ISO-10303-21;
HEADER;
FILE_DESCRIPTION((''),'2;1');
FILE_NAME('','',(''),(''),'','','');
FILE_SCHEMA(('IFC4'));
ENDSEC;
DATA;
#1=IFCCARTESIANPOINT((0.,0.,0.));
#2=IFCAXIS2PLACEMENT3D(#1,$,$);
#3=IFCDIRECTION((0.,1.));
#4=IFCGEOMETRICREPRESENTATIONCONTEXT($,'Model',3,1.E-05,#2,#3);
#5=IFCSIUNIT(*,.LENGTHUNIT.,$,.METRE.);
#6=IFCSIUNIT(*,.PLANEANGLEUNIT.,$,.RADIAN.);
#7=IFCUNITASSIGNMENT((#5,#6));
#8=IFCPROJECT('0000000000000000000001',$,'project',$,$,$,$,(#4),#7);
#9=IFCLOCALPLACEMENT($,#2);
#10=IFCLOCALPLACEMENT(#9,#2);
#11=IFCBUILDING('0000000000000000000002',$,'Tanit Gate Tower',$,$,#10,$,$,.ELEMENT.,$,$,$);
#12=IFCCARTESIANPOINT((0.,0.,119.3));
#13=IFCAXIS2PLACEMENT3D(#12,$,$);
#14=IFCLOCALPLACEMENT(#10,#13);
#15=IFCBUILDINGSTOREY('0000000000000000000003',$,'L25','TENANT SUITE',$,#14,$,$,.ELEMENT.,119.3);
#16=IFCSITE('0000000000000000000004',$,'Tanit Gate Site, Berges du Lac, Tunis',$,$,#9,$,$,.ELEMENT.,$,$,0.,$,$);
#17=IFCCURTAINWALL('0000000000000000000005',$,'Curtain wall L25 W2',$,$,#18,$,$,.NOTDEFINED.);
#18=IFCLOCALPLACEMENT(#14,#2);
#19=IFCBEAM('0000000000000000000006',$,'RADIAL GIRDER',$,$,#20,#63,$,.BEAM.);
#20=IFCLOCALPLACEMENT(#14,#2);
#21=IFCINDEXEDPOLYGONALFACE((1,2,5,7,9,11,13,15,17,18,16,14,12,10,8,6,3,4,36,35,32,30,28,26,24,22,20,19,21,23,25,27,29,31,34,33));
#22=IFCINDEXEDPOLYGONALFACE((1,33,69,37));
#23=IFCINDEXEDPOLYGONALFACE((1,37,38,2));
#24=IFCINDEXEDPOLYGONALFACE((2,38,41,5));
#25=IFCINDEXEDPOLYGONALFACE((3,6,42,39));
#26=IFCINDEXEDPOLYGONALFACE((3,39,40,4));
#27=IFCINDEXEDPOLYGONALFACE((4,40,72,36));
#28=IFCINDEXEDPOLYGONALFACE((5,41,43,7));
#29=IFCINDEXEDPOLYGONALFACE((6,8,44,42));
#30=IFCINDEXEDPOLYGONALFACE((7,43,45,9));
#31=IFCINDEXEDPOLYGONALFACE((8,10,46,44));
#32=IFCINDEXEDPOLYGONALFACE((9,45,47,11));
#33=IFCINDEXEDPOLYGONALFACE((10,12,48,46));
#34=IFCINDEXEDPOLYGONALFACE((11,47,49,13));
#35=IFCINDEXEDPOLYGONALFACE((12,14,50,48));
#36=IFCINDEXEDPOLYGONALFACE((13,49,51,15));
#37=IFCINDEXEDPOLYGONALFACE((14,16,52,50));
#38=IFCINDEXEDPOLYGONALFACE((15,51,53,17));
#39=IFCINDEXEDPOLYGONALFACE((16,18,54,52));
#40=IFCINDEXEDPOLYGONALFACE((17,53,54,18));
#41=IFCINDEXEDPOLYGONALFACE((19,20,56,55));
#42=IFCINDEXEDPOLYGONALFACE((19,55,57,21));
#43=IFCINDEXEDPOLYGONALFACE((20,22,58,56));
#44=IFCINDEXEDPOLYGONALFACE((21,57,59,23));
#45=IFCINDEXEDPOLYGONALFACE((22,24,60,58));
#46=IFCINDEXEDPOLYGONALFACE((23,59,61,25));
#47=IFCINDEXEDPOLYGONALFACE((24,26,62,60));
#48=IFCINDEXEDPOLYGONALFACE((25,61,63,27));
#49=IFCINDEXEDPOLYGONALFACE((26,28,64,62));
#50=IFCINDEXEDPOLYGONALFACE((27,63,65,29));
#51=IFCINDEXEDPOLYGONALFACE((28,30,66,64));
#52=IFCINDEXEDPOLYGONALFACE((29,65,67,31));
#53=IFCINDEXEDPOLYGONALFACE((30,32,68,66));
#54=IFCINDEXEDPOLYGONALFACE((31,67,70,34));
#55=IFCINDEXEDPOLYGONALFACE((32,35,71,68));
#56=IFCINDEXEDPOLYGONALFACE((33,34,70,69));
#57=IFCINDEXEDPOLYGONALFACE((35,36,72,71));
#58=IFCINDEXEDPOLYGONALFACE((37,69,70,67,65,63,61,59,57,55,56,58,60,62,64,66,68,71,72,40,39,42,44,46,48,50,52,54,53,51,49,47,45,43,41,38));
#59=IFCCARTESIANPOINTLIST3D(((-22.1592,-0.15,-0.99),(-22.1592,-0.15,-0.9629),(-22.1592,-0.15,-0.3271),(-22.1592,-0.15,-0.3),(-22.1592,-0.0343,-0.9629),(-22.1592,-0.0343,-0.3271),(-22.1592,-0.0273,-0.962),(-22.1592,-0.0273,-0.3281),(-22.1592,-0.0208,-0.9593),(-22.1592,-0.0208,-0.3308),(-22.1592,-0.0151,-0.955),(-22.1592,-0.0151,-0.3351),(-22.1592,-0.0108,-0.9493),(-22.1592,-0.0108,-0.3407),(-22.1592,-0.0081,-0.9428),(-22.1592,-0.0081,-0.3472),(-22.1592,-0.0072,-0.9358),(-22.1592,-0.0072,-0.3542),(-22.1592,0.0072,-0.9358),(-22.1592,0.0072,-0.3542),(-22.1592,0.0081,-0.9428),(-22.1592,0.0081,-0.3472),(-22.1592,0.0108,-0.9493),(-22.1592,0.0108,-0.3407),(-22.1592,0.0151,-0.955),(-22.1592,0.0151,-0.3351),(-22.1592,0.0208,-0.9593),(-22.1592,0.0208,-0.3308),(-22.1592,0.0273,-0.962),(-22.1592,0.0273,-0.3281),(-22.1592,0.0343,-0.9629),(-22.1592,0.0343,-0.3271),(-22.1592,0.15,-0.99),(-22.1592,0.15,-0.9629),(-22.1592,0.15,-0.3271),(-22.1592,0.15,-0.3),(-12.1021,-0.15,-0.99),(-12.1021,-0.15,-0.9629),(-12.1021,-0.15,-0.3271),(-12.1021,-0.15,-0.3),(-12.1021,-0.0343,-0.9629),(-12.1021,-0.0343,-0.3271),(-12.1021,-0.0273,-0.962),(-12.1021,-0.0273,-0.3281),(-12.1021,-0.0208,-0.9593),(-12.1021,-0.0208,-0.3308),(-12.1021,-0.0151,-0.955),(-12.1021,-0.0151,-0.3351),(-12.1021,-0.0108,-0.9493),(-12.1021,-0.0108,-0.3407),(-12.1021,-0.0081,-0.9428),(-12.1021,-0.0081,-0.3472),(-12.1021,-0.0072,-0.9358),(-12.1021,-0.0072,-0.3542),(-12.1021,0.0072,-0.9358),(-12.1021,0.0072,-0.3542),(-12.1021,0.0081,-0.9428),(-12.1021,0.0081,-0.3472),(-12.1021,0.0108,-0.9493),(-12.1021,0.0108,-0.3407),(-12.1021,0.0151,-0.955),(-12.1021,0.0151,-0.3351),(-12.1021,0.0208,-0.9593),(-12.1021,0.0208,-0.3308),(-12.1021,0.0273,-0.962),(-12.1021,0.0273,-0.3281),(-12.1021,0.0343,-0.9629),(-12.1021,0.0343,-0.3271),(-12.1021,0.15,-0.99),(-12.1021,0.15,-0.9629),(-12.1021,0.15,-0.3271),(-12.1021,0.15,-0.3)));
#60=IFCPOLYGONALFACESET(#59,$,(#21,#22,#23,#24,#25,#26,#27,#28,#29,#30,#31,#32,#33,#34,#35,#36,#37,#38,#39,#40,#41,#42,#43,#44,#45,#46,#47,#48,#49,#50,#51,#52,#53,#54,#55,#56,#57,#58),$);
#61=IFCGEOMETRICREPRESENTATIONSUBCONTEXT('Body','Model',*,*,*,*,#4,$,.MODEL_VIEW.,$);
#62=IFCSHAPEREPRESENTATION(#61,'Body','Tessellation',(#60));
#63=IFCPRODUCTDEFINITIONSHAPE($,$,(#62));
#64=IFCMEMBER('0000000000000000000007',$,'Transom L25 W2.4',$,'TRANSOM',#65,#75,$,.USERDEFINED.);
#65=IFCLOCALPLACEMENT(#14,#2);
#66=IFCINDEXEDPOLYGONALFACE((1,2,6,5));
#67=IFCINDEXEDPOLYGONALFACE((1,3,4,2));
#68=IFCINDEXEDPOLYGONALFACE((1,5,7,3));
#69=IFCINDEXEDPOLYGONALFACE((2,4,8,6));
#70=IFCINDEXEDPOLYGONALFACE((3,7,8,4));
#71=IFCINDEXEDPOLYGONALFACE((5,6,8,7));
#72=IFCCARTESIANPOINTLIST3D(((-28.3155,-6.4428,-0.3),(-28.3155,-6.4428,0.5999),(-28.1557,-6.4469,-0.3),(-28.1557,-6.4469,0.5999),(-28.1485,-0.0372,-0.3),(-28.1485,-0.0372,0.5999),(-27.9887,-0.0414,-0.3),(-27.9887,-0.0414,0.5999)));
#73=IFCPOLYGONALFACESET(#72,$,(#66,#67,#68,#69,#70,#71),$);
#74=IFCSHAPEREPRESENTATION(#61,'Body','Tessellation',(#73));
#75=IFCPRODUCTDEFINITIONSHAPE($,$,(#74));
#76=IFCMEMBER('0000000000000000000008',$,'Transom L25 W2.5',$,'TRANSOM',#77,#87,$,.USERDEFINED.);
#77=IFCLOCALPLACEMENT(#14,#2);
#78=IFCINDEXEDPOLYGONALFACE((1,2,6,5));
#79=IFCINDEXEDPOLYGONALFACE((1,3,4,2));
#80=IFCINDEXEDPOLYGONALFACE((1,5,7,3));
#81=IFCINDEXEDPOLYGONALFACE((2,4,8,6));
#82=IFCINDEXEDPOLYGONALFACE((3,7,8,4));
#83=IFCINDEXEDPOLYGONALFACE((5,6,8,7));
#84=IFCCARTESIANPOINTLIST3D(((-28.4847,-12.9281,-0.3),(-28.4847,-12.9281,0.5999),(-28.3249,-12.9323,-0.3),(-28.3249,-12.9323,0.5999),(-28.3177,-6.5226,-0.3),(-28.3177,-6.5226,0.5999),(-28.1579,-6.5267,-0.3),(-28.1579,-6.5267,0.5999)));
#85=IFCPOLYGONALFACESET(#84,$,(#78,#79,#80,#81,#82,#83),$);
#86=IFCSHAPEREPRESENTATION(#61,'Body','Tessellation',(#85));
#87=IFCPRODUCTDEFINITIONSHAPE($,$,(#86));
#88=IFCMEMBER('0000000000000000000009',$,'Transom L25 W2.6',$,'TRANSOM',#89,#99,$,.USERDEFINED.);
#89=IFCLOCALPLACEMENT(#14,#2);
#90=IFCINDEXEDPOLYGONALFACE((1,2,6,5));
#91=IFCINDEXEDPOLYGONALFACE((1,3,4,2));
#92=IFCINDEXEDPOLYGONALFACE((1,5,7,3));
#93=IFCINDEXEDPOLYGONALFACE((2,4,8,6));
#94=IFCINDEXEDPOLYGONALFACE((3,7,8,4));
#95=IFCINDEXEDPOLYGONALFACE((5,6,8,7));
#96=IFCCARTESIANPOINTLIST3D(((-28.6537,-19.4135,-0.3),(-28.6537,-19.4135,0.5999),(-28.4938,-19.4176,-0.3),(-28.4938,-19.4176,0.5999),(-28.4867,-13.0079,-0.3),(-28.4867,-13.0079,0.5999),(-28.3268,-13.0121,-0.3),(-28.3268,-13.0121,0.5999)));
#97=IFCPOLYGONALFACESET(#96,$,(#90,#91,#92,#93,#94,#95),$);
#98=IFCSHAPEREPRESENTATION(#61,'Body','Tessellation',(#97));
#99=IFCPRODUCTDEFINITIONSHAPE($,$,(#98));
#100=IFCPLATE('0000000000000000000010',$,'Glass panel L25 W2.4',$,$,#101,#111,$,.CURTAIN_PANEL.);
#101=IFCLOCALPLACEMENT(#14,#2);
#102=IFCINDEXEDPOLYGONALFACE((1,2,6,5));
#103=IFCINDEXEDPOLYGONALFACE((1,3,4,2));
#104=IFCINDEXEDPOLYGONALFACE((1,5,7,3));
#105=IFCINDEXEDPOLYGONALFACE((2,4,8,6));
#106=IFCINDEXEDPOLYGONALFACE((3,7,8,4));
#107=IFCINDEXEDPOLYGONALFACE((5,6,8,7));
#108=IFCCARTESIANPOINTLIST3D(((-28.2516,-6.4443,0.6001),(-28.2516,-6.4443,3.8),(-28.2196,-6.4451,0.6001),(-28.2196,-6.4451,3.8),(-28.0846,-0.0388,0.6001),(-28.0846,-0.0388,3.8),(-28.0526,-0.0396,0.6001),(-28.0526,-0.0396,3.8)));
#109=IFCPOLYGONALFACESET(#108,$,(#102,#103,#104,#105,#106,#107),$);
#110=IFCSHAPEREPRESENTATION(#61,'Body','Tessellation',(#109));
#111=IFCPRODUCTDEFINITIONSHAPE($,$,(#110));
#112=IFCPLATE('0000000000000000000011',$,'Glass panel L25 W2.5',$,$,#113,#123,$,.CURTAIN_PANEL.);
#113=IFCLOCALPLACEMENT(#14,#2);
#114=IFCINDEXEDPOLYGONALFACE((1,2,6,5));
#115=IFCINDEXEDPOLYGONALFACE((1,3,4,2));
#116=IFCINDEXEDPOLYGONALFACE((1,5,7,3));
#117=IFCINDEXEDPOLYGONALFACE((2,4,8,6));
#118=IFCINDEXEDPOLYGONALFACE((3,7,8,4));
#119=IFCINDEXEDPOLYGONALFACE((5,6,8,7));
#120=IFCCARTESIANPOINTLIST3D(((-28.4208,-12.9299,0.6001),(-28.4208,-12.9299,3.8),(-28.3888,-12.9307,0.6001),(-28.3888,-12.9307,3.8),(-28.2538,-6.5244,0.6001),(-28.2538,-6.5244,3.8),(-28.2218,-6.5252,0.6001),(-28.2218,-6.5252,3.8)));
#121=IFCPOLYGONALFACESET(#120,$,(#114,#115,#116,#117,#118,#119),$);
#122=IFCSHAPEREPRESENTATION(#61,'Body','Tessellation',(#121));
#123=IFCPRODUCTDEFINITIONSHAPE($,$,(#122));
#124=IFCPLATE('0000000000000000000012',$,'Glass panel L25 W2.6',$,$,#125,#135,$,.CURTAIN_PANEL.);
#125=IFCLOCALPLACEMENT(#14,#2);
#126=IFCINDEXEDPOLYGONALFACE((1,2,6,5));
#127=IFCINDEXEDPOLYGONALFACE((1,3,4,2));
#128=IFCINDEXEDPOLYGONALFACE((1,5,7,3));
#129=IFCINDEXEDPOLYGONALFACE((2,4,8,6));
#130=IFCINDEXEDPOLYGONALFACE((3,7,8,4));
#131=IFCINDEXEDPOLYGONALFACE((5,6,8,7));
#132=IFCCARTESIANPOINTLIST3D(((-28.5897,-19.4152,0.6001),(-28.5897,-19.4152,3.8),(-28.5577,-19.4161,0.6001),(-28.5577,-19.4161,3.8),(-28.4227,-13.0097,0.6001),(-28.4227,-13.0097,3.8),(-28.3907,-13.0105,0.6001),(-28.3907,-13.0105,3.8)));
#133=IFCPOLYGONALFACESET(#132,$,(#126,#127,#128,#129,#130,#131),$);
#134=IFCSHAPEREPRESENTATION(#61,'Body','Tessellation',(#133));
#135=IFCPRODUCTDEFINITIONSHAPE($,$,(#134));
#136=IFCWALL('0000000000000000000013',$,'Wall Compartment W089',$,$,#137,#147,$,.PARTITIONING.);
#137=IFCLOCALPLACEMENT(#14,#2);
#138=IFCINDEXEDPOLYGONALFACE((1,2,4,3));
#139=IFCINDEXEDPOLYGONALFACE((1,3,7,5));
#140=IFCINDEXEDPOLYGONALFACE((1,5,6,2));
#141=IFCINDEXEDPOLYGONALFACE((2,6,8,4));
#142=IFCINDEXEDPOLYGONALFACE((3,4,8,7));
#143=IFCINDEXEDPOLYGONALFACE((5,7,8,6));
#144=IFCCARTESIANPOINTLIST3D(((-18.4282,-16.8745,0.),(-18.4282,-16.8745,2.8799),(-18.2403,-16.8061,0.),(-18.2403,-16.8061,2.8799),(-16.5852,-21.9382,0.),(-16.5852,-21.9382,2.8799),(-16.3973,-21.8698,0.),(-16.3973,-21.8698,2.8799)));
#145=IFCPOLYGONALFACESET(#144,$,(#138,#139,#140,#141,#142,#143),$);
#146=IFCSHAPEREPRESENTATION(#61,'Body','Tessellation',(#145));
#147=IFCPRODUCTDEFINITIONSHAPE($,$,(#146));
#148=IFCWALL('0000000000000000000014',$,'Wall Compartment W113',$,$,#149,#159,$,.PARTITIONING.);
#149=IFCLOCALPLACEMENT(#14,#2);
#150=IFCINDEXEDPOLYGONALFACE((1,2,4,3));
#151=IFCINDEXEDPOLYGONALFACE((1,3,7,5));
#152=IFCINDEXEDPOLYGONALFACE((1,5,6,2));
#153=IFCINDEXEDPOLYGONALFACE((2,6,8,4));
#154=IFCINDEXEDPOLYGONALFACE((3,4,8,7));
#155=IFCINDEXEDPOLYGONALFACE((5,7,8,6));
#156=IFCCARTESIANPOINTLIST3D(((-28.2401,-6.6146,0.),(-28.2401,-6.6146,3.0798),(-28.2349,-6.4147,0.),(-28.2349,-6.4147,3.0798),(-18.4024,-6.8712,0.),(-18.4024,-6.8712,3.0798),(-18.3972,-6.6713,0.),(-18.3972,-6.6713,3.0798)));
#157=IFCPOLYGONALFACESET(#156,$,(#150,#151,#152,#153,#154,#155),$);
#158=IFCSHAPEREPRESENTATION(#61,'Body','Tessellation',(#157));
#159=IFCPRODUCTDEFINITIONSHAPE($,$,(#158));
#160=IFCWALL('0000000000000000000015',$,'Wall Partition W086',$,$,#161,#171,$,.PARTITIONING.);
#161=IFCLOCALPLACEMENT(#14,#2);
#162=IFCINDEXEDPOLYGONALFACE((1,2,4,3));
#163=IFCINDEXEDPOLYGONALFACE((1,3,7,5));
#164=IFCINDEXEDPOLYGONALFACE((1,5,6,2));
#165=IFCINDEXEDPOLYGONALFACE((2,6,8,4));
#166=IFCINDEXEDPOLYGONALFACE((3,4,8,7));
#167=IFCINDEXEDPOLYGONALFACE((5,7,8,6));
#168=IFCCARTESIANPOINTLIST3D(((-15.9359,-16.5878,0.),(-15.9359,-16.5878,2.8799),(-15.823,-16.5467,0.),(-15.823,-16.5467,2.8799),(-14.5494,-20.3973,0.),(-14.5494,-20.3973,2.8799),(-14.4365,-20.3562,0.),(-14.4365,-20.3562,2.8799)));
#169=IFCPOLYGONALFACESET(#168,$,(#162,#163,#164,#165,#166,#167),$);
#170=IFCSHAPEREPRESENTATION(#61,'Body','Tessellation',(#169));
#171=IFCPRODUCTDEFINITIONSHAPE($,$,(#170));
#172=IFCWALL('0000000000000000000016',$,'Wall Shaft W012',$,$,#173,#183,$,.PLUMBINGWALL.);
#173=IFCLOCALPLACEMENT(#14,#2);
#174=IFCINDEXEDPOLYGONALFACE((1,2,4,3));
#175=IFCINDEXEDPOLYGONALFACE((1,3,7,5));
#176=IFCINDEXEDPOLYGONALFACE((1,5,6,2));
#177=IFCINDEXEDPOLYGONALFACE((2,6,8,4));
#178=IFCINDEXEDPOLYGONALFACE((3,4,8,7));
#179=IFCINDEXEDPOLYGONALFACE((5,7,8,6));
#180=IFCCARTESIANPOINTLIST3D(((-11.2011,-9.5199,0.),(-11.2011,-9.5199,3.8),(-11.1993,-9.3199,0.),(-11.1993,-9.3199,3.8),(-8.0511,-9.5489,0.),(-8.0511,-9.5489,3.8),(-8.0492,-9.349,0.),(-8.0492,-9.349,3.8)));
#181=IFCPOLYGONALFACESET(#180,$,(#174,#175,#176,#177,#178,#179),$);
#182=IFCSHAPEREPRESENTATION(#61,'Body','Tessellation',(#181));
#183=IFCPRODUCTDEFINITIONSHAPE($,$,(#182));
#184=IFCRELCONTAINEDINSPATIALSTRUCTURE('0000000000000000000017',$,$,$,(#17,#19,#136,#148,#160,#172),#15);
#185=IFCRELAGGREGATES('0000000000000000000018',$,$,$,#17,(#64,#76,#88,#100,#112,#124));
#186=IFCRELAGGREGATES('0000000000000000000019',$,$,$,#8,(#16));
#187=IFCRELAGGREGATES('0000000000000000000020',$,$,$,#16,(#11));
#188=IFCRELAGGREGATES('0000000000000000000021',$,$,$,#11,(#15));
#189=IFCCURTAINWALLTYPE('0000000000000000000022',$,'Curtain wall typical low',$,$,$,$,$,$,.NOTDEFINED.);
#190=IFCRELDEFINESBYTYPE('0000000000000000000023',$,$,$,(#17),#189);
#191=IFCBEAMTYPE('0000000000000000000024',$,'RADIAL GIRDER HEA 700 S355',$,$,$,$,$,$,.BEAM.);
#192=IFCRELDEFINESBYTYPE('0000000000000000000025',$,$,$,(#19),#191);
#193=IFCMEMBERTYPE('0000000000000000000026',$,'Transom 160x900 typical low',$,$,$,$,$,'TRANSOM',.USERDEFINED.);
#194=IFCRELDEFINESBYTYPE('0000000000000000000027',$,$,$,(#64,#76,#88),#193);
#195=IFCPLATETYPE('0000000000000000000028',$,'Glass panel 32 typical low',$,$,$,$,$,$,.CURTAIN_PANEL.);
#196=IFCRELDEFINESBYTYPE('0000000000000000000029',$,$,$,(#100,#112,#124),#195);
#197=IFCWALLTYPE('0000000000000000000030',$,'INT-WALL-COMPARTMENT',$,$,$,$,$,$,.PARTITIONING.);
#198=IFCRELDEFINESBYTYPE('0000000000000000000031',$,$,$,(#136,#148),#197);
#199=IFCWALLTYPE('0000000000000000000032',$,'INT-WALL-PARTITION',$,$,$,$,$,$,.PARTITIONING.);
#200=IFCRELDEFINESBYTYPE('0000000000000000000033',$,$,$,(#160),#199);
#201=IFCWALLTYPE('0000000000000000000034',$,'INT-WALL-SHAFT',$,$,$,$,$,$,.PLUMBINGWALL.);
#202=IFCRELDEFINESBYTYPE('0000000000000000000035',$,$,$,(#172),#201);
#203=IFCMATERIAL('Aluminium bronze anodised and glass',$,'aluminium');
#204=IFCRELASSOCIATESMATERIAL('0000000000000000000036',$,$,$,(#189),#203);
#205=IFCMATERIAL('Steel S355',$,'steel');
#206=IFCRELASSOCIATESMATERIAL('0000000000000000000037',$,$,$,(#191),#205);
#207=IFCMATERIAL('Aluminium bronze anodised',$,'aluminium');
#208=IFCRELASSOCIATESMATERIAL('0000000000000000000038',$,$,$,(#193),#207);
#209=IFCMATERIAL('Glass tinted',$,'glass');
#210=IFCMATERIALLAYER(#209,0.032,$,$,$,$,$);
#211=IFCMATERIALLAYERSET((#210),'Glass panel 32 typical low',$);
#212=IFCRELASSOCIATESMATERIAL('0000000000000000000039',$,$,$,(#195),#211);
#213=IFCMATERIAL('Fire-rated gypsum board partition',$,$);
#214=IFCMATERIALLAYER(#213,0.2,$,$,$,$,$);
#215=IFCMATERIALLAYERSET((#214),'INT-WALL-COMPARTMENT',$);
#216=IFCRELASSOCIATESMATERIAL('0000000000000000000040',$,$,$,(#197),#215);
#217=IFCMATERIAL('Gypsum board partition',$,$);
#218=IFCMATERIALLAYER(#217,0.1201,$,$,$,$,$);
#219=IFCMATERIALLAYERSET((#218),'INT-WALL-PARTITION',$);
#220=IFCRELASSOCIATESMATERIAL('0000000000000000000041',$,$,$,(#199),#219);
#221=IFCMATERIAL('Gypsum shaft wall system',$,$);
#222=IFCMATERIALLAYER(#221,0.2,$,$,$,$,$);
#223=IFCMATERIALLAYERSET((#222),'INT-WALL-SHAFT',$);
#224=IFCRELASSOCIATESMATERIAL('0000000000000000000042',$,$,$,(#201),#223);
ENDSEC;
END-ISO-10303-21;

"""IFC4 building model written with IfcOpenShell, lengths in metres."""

from ifc_helpers import new_model, si_unit, direction, frame, frame_2d, origin, origin_2d, place, context, subcontext, project, spatial, rectangle, i_section, extrude, material, layer, layer_set, material_profile, profile_set, type_object, element, aggregate, save


model = new_model("IFC4")

# Units and contexts
model_context = context("Model", 3, precision=1e-05, world=origin(), true_north=direction((0.0, 1.0)))
body_context = subcontext(model_context, "Body", "Model", "MODEL_VIEW")
ifc_project = project(units=[si_unit("LENGTHUNIT", "METRE"), si_unit("PLANEANGLEUNIT", "RADIAN")], contexts=[model_context])

# Site, building, storey
site_placement = place(None, origin())
site = spatial("IfcSite", under=ifc_project, at=site_placement, Name="Tanit Gate Site, Berges du Lac, Tunis", CompositionType="ELEMENT", RefElevation=0.0)
building_placement = place(site_placement, origin())
building = spatial("IfcBuilding", under=site, at=building_placement, Name="Tanit Gate Tower", CompositionType="ELEMENT")
storey_placement = place(building_placement, frame((0.0, 0.0, 119.3)))
storey = spatial("IfcBuildingStorey", under=building, at=storey_placement, Name="L25", Description="TENANT SUITE", CompositionType="ELEMENT", Elevation=119.3)

# Curtain wall
ifc_material_1 = material(Name="Aluminium bronze anodised and glass", Category="aluminium")
curtain_wall_type = type_object("IfcCurtainWallType", Name="Curtain wall typical low", PredefinedType="NOTDEFINED", material=ifc_material_1)
curtain_wall_placement = place(storey_placement, origin())
curtain_wall = element("IfcCurtainWall", 1, at=curtain_wall_placement, inside=storey, type_object=curtain_wall_type, Name="Curtain wall L25 W2", PredefinedType="NOTDEFINED")

# Beam
ifc_material_2 = material(Name="Steel S355", Category="steel")
ifc_material_profile_1 = material_profile(ifc_material_2, i_section(OverallWidth=0.3, OverallDepth=0.6899, WebThickness=0.0144, FlangeThickness=0.0271, FilletRadius=0.0271, at=origin_2d()), Name="HEA 700")
ifc_profile_set_1 = profile_set([ifc_material_profile_1], Name="Steel S355")
beam_type = type_object("IfcBeamType", Name="RADIAL GIRDER HEA 700 S355", PredefinedType="BEAM", material=ifc_profile_set_1)
beam_1_placement = place(storey_placement, frame((-22.1592, 0.0, -0.645), z_axis=(1.0, 0.0, 0.0), x_axis=(0.0, 1.0, 0.0)))
element("IfcBeam", 2, at=beam_1_placement, inside=storey, type_object=beam_type, Name="RADIAL GIRDER", PredefinedType="BEAM", context=body_context, shape_type="SweptSolid", body=[
    extrude(i_section(OverallWidth=0.3, OverallDepth=0.6899, WebThickness=0.0144, FlangeThickness=0.0271, FilletRadius=0.0271, at=origin_2d()), origin(), (0.0, 0.0, 1.0), 10.0571),
])

# Members
ifc_material_3 = material(Name="Aluminium bronze anodised", Category="aluminium")
ifc_material_profile_2 = material_profile(ifc_material_3, rectangle(XDim=0.1599, YDim=0.8999, at=origin_2d()), Name="160x900 bronze transom")
ifc_profile_set_2 = profile_set([ifc_material_profile_2], Name="Aluminium bronze anodised")
member_type_1 = type_object("IfcMemberType", Name="Transom 160x900 typical low", ElementType="TRANSOM", PredefinedType="USERDEFINED", material=ifc_profile_set_2)
member_1_placement = place(storey_placement, frame((-28.0686, -0.0393, 0.1499), z_axis=(-0.026061, -0.99966, 0.0), x_axis=(0.99966, -0.026061, 0.0)))
member_1 = element("IfcMember", 3, at=member_1_placement, type_object=member_type_1, Name="Transom L25 W2.4", ObjectType="TRANSOM", PredefinedType="USERDEFINED", context=body_context, shape_type="SweptSolid", body=[
    extrude(rectangle(XDim=0.1599, YDim=0.8999, at=origin_2d()), origin(), (0.0, 0.0, 1.0), 6.4077),
])
member_2_placement = place(storey_placement, frame((-28.2378, -6.5247, 0.1499), z_axis=(-0.026061, -0.99966, 0.0), x_axis=(0.99966, -0.026061, 0.0)))
member_2 = element("IfcMember", 4, at=member_2_placement, type_object=member_type_1, Name="Transom L25 W2.5", ObjectType="TRANSOM", PredefinedType="USERDEFINED", context=body_context, shape_type="SweptSolid", body=[
    extrude(rectangle(XDim=0.1599, YDim=0.8999, at=origin_2d()), origin(), (0.0, 0.0, 1.0), 6.4077),
])
member_3_placement = place(storey_placement, frame((-28.4067, -13.01, 0.1499), z_axis=(-0.026061, -0.99966, 0.0), x_axis=(0.99966, -0.026061, 0.0)))
member_3 = element("IfcMember", 5, at=member_3_placement, type_object=member_type_1, Name="Transom L25 W2.6", ObjectType="TRANSOM", PredefinedType="USERDEFINED", context=body_context, shape_type="SweptSolid", body=[
    extrude(rectangle(XDim=0.1599, YDim=0.8999, at=origin_2d()), origin(), (0.0, 0.0, 1.0), 6.4077),
])

# Plates
ifc_material_4 = material(Name="Glass tinted", Category="glass")
ifc_layer_1 = layer(ifc_material_4, 0.032)
ifc_layer_set_1 = layer_set([ifc_layer_1], Name="Glass panel 32 typical low")
plate_type = type_object("IfcPlateType", Name="Glass panel 32 typical low", PredefinedType="CURTAIN_PANEL", material=ifc_layer_set_1)
plate_1_placement = place(storey_placement, frame((-28.1521, -3.2419, 0.6001), z_axis=(0.0, 0.0, 1.0), x_axis=(-0.026063, -0.99966, 0.0)))
plate_1 = element("IfcPlate", 6, at=plate_1_placement, type_object=plate_type, Name="Glass panel L25 W2.4", PredefinedType="CURTAIN_PANEL", context=body_context, shape_type="SweptSolid", body=[
    extrude(rectangle(XDim=6.4077, YDim=0.032, at=origin_2d()), origin(), (0.0, 0.0, 1.0), 3.2),
])
plate_2_placement = place(storey_placement, frame((-28.3213, -9.7275, 0.6001), z_axis=(0.0, 0.0, 1.0), x_axis=(-0.026063, -0.99966, 0.0)))
plate_2 = element("IfcPlate", 7, at=plate_2_placement, type_object=plate_type, Name="Glass panel L25 W2.5", PredefinedType="CURTAIN_PANEL", context=body_context, shape_type="SweptSolid", body=[
    extrude(rectangle(XDim=6.4077, YDim=0.032, at=origin_2d()), origin(), (0.0, 0.0, 1.0), 3.2),
])
plate_3_placement = place(storey_placement, frame((-28.4902, -16.2129, 0.6001), z_axis=(0.0, 0.0, 1.0), x_axis=(-0.026063, -0.99966, 0.0)))
plate_3 = element("IfcPlate", 8, at=plate_3_placement, type_object=plate_type, Name="Glass panel L25 W2.6", PredefinedType="CURTAIN_PANEL", context=body_context, shape_type="SweptSolid", body=[
    extrude(rectangle(XDim=6.4077, YDim=0.032, at=origin_2d()), origin(), (0.0, 0.0, 1.0), 3.2),
])
aggregate(curtain_wall, [member_1, member_2, member_3, plate_1, plate_2, plate_3])

# Walls
ifc_material_5 = material(Name="Fire-rated gypsum board partition")
ifc_layer_2 = layer(ifc_material_5, 0.2)
ifc_layer_set_2 = layer_set([ifc_layer_2], Name="INT-WALL-COMPARTMENT")
wall_type_1 = type_object("IfcWallType", Name="INT-WALL-COMPARTMENT", PredefinedType="PARTITIONING", material=ifc_layer_set_2)
wall_1_placement = place(storey_placement, frame((-18.3342, -16.8403, 0.0), z_axis=(0.0, 0.0, 1.0), x_axis=(0.342016, -0.939694, 0.0)))
element("IfcWall", 9, at=wall_1_placement, inside=storey, type_object=wall_type_1, Name="Wall Compartment W089", PredefinedType="PARTITIONING", context=body_context, shape_type="SweptSolid", body=[
    extrude(rectangle(XDim=5.3887, YDim=0.2, at=frame_2d((2.6943, 0.0))), origin(), (0.0, 0.0, 1.0), 2.8799),
])
wall_2_placement = place(storey_placement, frame((-18.3999, -6.7712, 0.0), z_axis=(0.0, 0.0, 1.0), x_axis=(-0.99966, 0.026074, 0.0)))
element("IfcWall", 10, at=wall_2_placement, inside=storey, type_object=wall_type_1, Name="Wall Compartment W113", PredefinedType="PARTITIONING", context=body_context, shape_type="SweptSolid", body=[
    extrude(rectangle(XDim=9.8411, YDim=0.2, at=frame_2d((4.9204, 0.0))), origin(), (0.0, 0.0, 1.0), 3.0798),
])
ifc_material_6 = material(Name="Gypsum board partition")
ifc_layer_3 = layer(ifc_material_6, 0.1201)
ifc_layer_set_3 = layer_set([ifc_layer_3], Name="INT-WALL-PARTITION")
wall_type_2 = type_object("IfcWallType", Name="INT-WALL-PARTITION", PredefinedType="PARTITIONING", material=ifc_layer_set_3)
wall_3_placement = place(storey_placement, frame((-15.8794, -16.5674, 0.0), z_axis=(0.0, 0.0, 1.0), x_axis=(0.341999, -0.9397, 0.0)))
element("IfcWall", 11, at=wall_3_placement, inside=storey, type_object=wall_type_2, Name="Wall Partition W086", PredefinedType="PARTITIONING", context=body_context, shape_type="SweptSolid", body=[
    extrude(rectangle(XDim=4.054, YDim=0.1201, at=frame_2d((2.0269, 0.0))), origin(), (0.0, 0.0, 1.0), 2.8799),
])
ifc_material_7 = material(Name="Gypsum shaft wall system")
ifc_layer_4 = layer(ifc_material_7, 0.2)
ifc_layer_set_4 = layer_set([ifc_layer_4], Name="INT-WALL-SHAFT")
wall_type_3 = type_object("IfcWallType", Name="INT-WALL-SHAFT", PredefinedType="PLUMBINGWALL", material=ifc_layer_set_4)
wall_4_placement = place(storey_placement, frame((-8.05, -9.449, 0.0), z_axis=(0.0, 0.0, 1.0), x_axis=(-0.999957, 0.009223, 0.0)))
element("IfcWall", 12, at=wall_4_placement, inside=storey, type_object=wall_type_3, Name="Wall Shaft W012", PredefinedType="PLUMBINGWALL", context=body_context, shape_type="SweptSolid", body=[
    extrude(rectangle(XDim=3.1501, YDim=0.2, at=frame_2d((1.5752, 0.0))), origin(), (0.0, 0.0, 1.0), 3.8),
])

save(model, "model.ifc")
